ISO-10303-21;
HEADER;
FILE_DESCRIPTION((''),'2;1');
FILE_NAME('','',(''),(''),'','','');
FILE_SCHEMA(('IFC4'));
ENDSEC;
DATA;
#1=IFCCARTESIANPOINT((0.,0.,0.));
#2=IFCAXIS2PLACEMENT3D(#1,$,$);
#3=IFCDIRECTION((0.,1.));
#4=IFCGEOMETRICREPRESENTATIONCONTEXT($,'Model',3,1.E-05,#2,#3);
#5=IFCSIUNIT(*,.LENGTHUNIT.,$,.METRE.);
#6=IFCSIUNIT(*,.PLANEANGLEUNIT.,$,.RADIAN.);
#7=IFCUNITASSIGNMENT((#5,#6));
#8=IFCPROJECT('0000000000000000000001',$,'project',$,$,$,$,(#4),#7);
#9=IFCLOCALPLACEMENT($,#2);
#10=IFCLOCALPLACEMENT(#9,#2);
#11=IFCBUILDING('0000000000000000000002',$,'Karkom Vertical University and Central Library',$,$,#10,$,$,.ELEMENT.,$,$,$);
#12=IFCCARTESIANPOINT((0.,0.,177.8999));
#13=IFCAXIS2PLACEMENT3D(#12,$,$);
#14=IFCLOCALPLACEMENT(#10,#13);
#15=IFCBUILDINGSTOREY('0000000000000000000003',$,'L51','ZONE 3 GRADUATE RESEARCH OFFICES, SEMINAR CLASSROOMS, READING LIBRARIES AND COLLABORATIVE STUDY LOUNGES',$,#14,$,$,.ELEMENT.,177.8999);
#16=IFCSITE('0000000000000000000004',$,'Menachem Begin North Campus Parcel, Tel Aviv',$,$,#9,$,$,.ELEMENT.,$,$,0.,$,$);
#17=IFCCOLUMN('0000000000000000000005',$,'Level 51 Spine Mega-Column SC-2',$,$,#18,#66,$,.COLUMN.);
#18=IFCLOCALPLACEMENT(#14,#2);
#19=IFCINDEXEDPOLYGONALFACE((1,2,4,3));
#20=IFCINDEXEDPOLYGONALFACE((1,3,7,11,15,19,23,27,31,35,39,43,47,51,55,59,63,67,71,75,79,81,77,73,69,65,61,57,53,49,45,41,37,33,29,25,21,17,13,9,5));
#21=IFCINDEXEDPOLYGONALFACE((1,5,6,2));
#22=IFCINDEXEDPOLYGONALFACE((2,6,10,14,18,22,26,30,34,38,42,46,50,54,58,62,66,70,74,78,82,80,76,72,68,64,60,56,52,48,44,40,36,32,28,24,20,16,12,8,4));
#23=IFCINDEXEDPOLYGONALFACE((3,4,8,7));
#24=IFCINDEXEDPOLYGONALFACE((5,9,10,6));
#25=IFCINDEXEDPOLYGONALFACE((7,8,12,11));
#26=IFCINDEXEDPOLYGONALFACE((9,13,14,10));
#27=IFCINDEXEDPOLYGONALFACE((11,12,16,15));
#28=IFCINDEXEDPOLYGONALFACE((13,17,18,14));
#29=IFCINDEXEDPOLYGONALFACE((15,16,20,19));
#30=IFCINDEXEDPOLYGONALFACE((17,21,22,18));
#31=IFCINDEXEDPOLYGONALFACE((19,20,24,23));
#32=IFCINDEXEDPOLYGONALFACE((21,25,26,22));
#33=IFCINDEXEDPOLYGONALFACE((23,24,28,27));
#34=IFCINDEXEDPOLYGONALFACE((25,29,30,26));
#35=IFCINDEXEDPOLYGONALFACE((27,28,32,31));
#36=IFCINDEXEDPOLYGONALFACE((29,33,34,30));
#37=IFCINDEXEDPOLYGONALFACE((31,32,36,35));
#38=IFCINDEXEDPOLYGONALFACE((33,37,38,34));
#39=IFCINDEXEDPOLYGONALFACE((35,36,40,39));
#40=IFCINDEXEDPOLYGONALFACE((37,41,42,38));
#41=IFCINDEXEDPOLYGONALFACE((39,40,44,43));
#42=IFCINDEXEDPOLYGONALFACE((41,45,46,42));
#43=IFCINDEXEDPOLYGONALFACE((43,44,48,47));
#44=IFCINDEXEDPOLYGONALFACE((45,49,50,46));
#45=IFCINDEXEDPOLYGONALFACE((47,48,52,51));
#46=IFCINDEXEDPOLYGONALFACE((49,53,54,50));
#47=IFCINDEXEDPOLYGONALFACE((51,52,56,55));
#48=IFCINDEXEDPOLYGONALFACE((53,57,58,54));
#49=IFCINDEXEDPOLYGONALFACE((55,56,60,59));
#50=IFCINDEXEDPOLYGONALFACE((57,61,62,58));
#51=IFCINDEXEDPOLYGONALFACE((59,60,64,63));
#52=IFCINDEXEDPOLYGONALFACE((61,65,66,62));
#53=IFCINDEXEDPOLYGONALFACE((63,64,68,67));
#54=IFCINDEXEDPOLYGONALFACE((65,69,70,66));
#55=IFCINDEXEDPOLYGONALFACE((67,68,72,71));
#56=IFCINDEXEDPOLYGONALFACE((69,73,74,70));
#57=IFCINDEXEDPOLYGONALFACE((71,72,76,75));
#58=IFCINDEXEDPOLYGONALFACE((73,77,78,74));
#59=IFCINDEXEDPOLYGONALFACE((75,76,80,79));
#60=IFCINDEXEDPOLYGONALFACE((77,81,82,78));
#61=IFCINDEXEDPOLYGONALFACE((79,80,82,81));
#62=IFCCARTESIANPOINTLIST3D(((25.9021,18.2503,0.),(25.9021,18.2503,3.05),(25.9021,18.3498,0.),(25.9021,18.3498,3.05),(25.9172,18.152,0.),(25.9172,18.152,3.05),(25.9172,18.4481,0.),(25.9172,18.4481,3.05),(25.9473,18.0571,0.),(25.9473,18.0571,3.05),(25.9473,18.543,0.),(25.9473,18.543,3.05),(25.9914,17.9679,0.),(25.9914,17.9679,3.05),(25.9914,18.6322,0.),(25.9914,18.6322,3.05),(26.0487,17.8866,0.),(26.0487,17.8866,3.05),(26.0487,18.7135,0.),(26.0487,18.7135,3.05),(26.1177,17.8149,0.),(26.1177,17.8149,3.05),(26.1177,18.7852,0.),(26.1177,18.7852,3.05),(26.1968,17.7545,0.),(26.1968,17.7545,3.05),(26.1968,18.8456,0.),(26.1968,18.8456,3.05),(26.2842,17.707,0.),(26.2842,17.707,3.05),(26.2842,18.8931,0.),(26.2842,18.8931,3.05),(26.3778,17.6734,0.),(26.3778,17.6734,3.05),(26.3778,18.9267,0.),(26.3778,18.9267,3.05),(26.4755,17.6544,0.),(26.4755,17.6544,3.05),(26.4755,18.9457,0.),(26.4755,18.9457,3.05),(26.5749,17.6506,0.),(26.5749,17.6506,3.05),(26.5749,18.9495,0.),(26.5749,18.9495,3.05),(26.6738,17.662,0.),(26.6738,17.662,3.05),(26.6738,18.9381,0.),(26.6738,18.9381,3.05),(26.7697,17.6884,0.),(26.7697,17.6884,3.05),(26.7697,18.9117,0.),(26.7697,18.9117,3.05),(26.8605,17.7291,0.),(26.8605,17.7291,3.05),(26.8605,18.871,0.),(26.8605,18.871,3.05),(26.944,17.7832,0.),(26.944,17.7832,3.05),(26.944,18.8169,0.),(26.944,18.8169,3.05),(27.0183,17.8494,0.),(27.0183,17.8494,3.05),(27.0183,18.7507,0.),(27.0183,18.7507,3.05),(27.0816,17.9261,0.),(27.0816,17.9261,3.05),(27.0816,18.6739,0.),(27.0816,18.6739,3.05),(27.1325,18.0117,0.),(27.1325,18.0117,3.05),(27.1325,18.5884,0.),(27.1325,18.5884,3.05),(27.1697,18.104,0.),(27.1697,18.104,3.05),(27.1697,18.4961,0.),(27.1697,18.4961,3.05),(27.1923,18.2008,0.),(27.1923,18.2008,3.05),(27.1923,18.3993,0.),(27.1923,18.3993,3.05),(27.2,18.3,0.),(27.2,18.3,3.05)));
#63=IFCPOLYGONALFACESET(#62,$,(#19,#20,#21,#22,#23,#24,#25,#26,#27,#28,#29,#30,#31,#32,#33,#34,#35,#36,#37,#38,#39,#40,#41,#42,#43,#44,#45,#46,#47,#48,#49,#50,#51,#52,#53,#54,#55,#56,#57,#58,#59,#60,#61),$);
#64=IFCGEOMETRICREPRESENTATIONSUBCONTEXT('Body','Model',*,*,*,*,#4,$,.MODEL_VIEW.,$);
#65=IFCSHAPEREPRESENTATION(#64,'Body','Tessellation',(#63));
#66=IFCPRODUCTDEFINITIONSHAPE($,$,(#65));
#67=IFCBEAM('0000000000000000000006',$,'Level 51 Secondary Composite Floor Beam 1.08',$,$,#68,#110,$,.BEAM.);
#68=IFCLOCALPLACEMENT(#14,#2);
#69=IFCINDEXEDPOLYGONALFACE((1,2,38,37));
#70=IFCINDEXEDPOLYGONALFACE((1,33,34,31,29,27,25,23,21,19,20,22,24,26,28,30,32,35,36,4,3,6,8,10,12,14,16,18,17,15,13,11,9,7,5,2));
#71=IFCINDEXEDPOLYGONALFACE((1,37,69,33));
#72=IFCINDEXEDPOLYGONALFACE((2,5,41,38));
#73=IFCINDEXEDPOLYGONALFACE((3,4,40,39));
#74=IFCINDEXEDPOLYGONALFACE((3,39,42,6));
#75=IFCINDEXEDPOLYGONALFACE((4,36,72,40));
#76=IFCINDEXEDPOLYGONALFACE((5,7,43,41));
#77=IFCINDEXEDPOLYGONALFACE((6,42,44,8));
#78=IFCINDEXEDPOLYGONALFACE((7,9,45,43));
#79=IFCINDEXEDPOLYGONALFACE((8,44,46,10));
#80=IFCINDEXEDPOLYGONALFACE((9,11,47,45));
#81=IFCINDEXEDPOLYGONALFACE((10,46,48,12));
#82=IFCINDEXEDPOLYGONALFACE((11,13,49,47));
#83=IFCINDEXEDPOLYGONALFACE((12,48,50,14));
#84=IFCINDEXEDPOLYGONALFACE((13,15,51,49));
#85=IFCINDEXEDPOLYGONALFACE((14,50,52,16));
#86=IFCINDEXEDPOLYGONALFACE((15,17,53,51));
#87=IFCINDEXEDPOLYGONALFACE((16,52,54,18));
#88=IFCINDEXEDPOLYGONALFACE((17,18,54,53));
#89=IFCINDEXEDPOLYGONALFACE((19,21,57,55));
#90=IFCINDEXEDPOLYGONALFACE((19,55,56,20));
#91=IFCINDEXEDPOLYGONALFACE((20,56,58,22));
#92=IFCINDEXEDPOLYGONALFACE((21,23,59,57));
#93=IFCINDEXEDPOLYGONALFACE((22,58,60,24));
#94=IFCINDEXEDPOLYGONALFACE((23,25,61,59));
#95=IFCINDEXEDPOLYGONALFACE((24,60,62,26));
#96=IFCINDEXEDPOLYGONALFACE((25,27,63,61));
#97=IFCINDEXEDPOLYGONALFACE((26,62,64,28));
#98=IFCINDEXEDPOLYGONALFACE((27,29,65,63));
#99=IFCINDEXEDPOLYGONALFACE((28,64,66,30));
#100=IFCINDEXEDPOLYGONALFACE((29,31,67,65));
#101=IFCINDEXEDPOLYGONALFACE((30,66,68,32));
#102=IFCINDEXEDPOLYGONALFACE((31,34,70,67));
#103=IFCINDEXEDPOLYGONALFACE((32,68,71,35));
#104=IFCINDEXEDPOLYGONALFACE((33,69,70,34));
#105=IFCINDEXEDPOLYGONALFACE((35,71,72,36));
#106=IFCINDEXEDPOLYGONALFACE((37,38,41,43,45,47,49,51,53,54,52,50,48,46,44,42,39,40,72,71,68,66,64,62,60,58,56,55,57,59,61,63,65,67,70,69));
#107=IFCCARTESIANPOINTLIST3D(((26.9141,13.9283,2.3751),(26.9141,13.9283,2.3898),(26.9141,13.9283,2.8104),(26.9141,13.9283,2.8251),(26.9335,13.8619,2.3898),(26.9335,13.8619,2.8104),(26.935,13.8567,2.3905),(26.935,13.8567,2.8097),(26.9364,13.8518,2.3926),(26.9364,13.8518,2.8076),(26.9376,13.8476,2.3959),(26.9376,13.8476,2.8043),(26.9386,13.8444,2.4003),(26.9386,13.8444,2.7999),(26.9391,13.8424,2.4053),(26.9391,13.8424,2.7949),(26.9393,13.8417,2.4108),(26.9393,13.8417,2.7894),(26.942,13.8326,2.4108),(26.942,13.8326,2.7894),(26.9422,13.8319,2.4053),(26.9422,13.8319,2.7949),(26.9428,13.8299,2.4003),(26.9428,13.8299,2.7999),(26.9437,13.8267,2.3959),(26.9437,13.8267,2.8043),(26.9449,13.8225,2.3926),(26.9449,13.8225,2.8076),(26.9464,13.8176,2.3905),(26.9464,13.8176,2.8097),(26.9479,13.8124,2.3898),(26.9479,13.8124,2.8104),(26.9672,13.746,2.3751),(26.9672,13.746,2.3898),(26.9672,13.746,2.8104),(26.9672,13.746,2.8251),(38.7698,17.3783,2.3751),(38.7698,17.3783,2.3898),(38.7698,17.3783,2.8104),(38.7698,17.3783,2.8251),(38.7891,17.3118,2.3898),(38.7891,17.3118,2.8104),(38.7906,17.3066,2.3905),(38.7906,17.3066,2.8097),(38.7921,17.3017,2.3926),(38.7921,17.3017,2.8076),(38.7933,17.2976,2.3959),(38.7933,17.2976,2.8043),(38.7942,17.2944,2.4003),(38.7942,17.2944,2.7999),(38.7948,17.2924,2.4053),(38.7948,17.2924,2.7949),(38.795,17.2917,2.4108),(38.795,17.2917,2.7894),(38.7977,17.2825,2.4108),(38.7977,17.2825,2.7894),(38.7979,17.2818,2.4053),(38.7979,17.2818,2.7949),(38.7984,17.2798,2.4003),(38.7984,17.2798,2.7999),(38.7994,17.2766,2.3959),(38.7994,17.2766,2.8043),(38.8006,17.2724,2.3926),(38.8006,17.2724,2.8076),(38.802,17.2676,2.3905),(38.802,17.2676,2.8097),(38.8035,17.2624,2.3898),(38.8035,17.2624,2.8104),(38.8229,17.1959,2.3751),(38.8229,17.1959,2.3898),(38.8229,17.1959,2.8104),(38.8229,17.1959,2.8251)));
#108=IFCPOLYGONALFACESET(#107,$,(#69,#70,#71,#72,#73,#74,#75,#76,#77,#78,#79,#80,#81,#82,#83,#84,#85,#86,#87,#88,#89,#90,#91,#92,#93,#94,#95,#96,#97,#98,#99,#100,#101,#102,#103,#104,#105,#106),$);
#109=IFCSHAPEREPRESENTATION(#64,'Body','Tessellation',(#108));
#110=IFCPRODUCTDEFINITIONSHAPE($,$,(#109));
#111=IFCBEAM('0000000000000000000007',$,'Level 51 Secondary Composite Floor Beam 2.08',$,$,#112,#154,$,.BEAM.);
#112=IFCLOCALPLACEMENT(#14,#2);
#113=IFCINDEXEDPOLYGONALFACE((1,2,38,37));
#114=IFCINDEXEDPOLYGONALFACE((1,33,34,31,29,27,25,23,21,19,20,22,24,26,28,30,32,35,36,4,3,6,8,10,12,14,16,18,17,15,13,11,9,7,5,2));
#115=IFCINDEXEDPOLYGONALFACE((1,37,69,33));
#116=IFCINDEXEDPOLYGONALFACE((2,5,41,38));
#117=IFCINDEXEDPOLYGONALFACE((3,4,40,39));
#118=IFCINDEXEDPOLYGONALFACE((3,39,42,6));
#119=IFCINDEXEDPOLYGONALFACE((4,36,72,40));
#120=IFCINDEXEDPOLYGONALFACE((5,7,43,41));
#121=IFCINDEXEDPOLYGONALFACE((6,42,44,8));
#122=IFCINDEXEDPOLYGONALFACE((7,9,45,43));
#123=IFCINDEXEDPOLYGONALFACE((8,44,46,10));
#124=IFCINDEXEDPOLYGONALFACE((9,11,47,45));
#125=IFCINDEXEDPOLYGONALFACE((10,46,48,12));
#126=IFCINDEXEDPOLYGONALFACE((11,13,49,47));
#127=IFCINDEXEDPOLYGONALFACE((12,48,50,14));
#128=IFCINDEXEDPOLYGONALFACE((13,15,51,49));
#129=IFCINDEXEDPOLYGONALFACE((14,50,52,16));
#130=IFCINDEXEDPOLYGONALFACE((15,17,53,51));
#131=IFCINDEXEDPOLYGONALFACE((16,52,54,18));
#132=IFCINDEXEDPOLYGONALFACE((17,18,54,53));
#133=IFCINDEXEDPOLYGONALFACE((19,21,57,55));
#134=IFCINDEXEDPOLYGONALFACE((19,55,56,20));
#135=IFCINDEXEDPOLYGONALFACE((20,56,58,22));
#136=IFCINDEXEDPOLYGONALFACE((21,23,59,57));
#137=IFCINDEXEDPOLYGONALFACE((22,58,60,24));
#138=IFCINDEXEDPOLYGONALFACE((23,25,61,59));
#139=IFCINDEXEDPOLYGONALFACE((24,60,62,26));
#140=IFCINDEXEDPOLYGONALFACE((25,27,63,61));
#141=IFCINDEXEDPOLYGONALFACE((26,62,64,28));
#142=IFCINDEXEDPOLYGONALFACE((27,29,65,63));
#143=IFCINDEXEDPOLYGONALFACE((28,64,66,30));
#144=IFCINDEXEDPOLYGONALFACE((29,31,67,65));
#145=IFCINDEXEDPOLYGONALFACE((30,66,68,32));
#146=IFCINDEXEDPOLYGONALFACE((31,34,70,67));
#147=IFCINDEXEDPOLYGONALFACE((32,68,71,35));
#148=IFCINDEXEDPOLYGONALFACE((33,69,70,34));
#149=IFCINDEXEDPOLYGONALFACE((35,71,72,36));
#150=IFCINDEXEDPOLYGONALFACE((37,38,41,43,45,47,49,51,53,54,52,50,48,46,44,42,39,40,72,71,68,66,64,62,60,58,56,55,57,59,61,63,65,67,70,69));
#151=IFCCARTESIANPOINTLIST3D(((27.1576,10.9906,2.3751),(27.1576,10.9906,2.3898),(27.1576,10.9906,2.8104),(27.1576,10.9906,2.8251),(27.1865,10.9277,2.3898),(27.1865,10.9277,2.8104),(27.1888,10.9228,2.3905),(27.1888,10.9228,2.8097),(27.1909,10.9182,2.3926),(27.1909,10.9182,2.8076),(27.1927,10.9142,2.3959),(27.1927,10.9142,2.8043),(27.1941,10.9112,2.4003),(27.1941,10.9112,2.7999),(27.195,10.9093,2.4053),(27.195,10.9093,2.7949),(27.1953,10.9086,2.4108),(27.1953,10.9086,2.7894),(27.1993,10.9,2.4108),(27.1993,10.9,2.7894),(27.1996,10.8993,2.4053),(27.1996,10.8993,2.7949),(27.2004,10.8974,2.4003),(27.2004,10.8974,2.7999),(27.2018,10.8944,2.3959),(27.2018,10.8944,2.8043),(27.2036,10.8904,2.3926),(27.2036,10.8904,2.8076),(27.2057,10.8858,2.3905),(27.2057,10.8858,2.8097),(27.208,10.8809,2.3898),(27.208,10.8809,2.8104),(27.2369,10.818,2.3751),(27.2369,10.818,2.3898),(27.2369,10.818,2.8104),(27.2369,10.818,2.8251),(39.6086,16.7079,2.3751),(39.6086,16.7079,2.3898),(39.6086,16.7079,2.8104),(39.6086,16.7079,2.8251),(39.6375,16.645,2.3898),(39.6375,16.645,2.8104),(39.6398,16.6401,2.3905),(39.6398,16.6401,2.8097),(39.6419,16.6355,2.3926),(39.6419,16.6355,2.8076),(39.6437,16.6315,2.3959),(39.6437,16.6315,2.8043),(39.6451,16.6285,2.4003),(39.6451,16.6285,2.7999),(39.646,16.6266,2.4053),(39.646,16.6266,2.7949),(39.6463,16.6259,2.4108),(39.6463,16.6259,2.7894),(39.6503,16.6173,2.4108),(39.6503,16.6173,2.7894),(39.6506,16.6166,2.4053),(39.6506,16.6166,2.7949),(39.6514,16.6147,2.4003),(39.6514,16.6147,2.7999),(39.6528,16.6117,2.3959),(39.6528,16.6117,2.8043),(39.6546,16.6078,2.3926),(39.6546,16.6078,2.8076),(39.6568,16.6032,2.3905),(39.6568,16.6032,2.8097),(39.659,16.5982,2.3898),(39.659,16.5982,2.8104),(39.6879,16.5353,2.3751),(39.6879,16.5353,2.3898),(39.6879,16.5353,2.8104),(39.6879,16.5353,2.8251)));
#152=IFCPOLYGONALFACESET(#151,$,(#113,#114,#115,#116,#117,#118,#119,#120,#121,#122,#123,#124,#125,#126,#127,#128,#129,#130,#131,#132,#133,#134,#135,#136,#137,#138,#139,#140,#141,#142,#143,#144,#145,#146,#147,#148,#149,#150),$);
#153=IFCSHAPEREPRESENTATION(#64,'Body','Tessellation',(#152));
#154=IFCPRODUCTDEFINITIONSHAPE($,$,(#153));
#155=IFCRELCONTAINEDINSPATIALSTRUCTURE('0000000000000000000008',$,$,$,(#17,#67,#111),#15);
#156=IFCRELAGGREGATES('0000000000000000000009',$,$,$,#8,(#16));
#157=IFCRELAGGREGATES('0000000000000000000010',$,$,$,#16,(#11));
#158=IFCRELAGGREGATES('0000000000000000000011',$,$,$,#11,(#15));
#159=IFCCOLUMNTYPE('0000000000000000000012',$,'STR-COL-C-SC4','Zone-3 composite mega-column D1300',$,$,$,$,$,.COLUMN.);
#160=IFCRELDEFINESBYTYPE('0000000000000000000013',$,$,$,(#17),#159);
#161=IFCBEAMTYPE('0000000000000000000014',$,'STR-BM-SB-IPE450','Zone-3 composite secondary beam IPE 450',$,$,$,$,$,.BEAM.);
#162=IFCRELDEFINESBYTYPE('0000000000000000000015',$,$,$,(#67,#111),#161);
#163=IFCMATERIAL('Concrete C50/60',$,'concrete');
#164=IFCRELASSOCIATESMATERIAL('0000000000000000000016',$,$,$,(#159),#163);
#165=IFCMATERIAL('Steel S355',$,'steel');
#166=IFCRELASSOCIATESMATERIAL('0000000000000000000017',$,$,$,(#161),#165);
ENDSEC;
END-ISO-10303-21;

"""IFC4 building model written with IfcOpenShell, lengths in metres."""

from ifc_helpers import new_model, si_unit, direction, frame, origin, origin_with_axes, origin_2d, place, context, subcontext, project, spatial, circle, i_section, extrude, source, transform, mapped, material, material_profile, profile_set, type_object, element, save


model = new_model("IFC4")

# Units and contexts
model_context = context("Model", 3, precision=1e-05, world=origin(), true_north=direction((0.0, 1.0)))
body_context = subcontext(model_context, "Body", "Model", "MODEL_VIEW")
ifc_project = project(units=[si_unit("LENGTHUNIT", "METRE"), si_unit("PLANEANGLEUNIT", "RADIAN")], contexts=[model_context])

# Site, building, storey
site_placement = place(None, origin())
site = spatial("IfcSite", under=ifc_project, at=site_placement, Name="Menachem Begin North Campus Parcel, Tel Aviv", CompositionType="ELEMENT", RefElevation=0.0)
building_placement = place(site_placement, origin())
building = spatial("IfcBuilding", under=site, at=building_placement, Name="Karkom Vertical University and Central Library", CompositionType="ELEMENT")
storey_placement = place(building_placement, frame((0.0, 0.0, 177.8999)))
storey = spatial("IfcBuildingStorey", under=building, at=storey_placement, Name="L51", Description="ZONE 3 GRADUATE RESEARCH OFFICES, SEMINAR CLASSROOMS, READING LIBRARIES AND COLLABORATIVE STUDY LOUNGES", CompositionType="ELEMENT", Elevation=177.8999)

# Column
ifc_material_1 = material(Name="Concrete C50/60", Category="concrete")
ifc_material_profile_1 = material_profile(ifc_material_1, circle(Radius=0.6499, at=origin_2d()), Name="CFT-D1300")
ifc_profile_set_1 = profile_set([ifc_material_profile_1], Name="Concrete C50/60")
column_type = type_object("IfcColumnType", Name="STR-COL-C-SC4", Description="Zone-3 composite mega-column D1300", PredefinedType="COLUMN", material=ifc_profile_set_1)
shared_shape_1 = source(origin_with_axes(), body_context, "Body", "SweptSolid", [
    extrude(circle(Radius=0.6499, at=origin_2d()), origin(), (0.0, 0.0, 1.0), 3.05),
])
column_placement = place(storey_placement, frame((26.55, 18.3, 0.0), z_axis=(0.0, 0.0, 1.0), x_axis=(1.0, 0.0, 0.0)))
element("IfcColumn", 1, at=column_placement, inside=storey, type_object=column_type, Name="Level 51 Spine Mega-Column SC-2", PredefinedType="COLUMN", context=body_context, shape_type="MappedRepresentation", body=[
    mapped(shared_shape_1, transform((0.0, 0.0, 0.0), scale=1.0)),
])

# Beams
ifc_material_2 = material(Name="Steel S355", Category="steel")
ifc_material_profile_2 = material_profile(ifc_material_2, i_section(OverallWidth=0.1899, OverallDepth=0.45, WebThickness=0.0095, FlangeThickness=0.0146, FilletRadius=0.021, at=origin_2d()), Name="IPE 450")
ifc_profile_set_2 = profile_set([ifc_material_profile_2], Name="Steel S355")
beam_type_1 = type_object("IfcBeamType", Name="STR-BM-SB-IPE450", Description="Zone-3 composite secondary beam IPE 450", PredefinedType="BEAM", material=ifc_profile_set_2)
shared_shape_2 = source(origin_with_axes(), body_context, "Body", "SweptSolid", [
    extrude(i_section(OverallWidth=0.1899, OverallDepth=0.45, WebThickness=0.0095, FlangeThickness=0.0146, FilletRadius=0.021, at=origin_2d()), origin(), (0.0, 0.0, 1.0), 12.3474),
])
beam_1_placement = place(storey_placement, frame((26.9407, 13.8372, 2.6001), z_axis=(0.960173, 0.279405, 0.0), x_axis=(-0.279405, 0.960173, 0.0)))
element("IfcBeam", 2, at=beam_1_placement, inside=storey, type_object=beam_type_1, Name="Level 51 Secondary Composite Floor Beam 1.08", PredefinedType="BEAM", context=body_context, shape_type="MappedRepresentation", body=[
    mapped(shared_shape_2, transform((0.0, 0.0, 0.0), scale=1.0)),
])
shared_shape_3 = source(origin_with_axes(), body_context, "Body", "SweptSolid", [
    extrude(i_section(OverallWidth=0.1899, OverallDepth=0.45, WebThickness=0.0095, FlangeThickness=0.0146, FilletRadius=0.021, at=origin_2d()), origin(), (0.0, 0.0, 1.0), 13.7009),
])
beam_2_placement = place(storey_placement, frame((27.1973, 10.9043, 2.6001), z_axis=(0.908771, 0.417295, 0.0), x_axis=(-0.417295, 0.908771, 0.0)))
element("IfcBeam", 3, at=beam_2_placement, inside=storey, type_object=beam_type_1, Name="Level 51 Secondary Composite Floor Beam 2.08", PredefinedType="BEAM", context=body_context, shape_type="MappedRepresentation", body=[
    mapped(shared_shape_3, transform((0.0, 0.0, 0.0), scale=1.0)),
])

save(model, "model.ifc")
